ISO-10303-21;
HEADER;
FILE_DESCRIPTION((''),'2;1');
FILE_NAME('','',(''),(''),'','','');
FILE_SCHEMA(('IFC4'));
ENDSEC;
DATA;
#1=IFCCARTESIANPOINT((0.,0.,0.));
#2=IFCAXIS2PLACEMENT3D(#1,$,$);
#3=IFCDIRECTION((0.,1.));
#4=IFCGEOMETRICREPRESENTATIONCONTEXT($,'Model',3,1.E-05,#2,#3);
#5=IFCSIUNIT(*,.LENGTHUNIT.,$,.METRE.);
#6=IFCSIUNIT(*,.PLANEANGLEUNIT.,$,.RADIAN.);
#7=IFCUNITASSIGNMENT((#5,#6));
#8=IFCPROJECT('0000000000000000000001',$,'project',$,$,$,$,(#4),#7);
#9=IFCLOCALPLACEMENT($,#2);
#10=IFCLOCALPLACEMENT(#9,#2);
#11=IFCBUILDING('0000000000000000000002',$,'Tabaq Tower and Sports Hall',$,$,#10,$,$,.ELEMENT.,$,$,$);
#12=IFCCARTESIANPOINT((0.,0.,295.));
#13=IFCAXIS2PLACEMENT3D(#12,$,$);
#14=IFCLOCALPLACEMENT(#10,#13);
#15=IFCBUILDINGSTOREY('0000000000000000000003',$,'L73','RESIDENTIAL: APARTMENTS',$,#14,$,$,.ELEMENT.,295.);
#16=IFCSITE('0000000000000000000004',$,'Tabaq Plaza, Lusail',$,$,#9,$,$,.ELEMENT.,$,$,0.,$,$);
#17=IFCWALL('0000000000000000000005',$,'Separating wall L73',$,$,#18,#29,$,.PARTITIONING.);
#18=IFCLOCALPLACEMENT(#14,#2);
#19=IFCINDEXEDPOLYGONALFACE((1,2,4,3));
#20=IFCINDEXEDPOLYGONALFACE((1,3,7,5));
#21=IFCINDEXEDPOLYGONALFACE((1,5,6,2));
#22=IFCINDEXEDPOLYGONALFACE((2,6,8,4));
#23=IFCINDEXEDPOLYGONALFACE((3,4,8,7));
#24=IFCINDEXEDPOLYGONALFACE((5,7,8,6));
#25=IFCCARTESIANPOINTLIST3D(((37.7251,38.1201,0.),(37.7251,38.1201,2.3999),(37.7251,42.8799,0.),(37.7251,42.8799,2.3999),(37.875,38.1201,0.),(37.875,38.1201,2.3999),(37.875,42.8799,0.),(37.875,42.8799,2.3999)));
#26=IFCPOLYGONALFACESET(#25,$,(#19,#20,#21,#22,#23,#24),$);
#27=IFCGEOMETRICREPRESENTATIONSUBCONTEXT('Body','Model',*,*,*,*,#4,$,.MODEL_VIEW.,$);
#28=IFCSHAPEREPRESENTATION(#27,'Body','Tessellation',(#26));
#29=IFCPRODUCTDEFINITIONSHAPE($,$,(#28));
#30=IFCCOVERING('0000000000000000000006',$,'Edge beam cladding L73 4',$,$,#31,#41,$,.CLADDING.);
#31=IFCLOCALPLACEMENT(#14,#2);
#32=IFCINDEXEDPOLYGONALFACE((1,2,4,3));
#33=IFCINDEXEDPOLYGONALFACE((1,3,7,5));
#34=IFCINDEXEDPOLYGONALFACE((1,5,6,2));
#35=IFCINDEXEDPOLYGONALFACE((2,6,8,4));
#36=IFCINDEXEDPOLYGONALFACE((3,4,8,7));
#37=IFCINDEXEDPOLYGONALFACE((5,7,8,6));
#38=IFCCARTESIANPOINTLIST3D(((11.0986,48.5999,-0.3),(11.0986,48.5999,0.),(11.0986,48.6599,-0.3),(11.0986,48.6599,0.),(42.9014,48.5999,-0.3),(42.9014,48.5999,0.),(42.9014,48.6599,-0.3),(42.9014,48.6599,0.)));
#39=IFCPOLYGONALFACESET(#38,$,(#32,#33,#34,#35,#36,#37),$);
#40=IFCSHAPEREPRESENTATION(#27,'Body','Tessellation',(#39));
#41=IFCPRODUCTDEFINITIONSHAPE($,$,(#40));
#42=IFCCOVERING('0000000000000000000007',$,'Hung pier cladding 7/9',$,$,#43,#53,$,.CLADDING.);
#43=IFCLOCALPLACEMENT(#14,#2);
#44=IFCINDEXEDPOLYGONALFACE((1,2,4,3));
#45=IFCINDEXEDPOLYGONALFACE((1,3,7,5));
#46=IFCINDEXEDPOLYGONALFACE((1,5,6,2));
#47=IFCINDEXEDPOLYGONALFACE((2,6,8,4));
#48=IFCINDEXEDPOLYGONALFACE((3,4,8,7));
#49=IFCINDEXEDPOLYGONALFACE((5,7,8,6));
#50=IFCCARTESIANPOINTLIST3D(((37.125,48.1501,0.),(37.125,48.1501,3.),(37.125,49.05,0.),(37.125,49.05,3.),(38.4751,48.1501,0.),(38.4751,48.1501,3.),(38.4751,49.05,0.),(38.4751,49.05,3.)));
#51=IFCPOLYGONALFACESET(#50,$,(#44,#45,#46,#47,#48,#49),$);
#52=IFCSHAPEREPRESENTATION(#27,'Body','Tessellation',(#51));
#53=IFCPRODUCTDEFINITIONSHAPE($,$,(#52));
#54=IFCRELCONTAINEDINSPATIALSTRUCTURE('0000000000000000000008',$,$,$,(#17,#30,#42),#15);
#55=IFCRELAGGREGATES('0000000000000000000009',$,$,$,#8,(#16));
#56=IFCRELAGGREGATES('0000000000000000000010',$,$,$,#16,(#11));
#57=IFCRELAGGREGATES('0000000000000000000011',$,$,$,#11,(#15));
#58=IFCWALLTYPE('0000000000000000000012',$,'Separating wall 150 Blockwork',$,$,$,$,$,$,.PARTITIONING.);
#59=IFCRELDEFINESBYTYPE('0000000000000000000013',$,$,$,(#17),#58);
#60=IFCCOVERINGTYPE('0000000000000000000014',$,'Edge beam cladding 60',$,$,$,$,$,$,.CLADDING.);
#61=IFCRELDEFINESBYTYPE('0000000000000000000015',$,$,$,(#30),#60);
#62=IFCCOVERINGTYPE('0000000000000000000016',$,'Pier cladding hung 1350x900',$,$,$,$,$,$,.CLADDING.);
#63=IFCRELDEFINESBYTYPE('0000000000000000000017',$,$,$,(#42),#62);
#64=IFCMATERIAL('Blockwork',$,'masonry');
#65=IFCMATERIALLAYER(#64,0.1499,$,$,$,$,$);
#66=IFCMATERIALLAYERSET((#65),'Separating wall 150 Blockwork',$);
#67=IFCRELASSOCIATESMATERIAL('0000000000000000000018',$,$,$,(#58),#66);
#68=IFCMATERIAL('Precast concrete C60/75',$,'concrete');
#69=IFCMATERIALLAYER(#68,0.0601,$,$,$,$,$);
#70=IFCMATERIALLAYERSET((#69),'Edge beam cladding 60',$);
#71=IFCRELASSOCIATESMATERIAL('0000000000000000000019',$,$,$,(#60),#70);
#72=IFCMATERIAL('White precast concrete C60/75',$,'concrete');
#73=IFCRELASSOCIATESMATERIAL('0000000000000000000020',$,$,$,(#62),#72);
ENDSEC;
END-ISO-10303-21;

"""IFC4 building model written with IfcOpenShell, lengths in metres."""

from ifc_helpers import new_model, si_unit, direction, frame, frame_2d, origin, place, context, subcontext, project, spatial, rectangle, extrude, material, layer, layer_set, type_object, element, save


model = new_model("IFC4")

# Units and contexts
model_context = context("Model", 3, precision=1e-05, world=origin(), true_north=direction((0.0, 1.0)))
body_context = subcontext(model_context, "Body", "Model", "MODEL_VIEW")
ifc_project = project(units=[si_unit("LENGTHUNIT", "METRE"), si_unit("PLANEANGLEUNIT", "RADIAN")], contexts=[model_context])

# Site, building, storey
site_placement = place(None, origin())
site = spatial("IfcSite", under=ifc_project, at=site_placement, Name="Tabaq Plaza, Lusail", CompositionType="ELEMENT", RefElevation=0.0)
building_placement = place(site_placement, origin())
building = spatial("IfcBuilding", under=site, at=building_placement, Name="Tabaq Tower and Sports Hall", CompositionType="ELEMENT")
storey_placement = place(building_placement, frame((0.0, 0.0, 295.0)))
storey = spatial("IfcBuildingStorey", under=building, at=storey_placement, Name="L73", Description="RESIDENTIAL: APARTMENTS", CompositionType="ELEMENT", Elevation=295.0)

# Wall
ifc_material_1 = material(Name="Blockwork", Category="masonry")
ifc_layer_1 = layer(ifc_material_1, 0.1499)
ifc_layer_set_1 = layer_set([ifc_layer_1], Name="Separating wall 150 Blockwork")
wall_type_1 = type_object("IfcWallType", Name="Separating wall 150 Blockwork", PredefinedType="PARTITIONING", material=ifc_layer_set_1)
wall_1_placement = place(storey_placement, frame((37.8, 38.1201, 0.0), z_axis=(0.0, 0.0, 1.0), x_axis=(0.0, 1.0, 0.0)))
element("IfcWall", 1, at=wall_1_placement, inside=storey, type_object=wall_type_1, Name="Separating wall L73", PredefinedType="PARTITIONING", context=body_context, shape_type="SweptSolid", body=[
    extrude(rectangle(XDim=4.7598, YDim=0.1499, at=frame_2d((2.3799, 0.0))), origin(), (0.0, 0.0, 1.0), 2.3999),
])

# Coverings
ifc_material_2 = material(Name="Precast concrete C60/75", Category="concrete")
ifc_layer_2 = layer(ifc_material_2, 0.0601)
ifc_layer_set_2 = layer_set([ifc_layer_2], Name="Edge beam cladding 60")
covering_type_1 = type_object("IfcCoveringType", Name="Edge beam cladding 60", PredefinedType="CLADDING", material=ifc_layer_set_2)
covering_1_placement = place(storey_placement, frame((42.9014, 48.6299, -0.3), z_axis=(0.0, 0.0, 1.0), x_axis=(-1.0, 0.0, 0.0)))
element("IfcCovering", 2, at=covering_1_placement, inside=storey, type_object=covering_type_1, Name="Edge beam cladding L73 4", PredefinedType="CLADDING", context=body_context, shape_type="SweptSolid", body=[
    extrude(rectangle(XDim=31.8027, YDim=0.0601, at=frame_2d((15.9014, 0.0))), origin(), (0.0, 0.0, 1.0), 0.3),
])
ifc_material_3 = material(Name="White precast concrete C60/75", Category="concrete")
covering_type_2 = type_object("IfcCoveringType", Name="Pier cladding hung 1350x900", PredefinedType="CLADDING", material=ifc_material_3)
covering_2_placement = place(storey_placement, frame((38.4751, 48.6001, 0.0), z_axis=(0.0, 0.0, 1.0), x_axis=(-1.0, 0.0, 0.0)))
element("IfcCovering", 3, at=covering_2_placement, inside=storey, type_object=covering_type_2, Name="Hung pier cladding 7/9", PredefinedType="CLADDING", context=body_context, shape_type="SweptSolid", body=[
    extrude(rectangle(XDim=1.3501, YDim=0.8999, at=frame_2d((0.675, 0.0))), origin(), (0.0, 0.0, 1.0), 3.0),
])

save(model, "model.ifc")
